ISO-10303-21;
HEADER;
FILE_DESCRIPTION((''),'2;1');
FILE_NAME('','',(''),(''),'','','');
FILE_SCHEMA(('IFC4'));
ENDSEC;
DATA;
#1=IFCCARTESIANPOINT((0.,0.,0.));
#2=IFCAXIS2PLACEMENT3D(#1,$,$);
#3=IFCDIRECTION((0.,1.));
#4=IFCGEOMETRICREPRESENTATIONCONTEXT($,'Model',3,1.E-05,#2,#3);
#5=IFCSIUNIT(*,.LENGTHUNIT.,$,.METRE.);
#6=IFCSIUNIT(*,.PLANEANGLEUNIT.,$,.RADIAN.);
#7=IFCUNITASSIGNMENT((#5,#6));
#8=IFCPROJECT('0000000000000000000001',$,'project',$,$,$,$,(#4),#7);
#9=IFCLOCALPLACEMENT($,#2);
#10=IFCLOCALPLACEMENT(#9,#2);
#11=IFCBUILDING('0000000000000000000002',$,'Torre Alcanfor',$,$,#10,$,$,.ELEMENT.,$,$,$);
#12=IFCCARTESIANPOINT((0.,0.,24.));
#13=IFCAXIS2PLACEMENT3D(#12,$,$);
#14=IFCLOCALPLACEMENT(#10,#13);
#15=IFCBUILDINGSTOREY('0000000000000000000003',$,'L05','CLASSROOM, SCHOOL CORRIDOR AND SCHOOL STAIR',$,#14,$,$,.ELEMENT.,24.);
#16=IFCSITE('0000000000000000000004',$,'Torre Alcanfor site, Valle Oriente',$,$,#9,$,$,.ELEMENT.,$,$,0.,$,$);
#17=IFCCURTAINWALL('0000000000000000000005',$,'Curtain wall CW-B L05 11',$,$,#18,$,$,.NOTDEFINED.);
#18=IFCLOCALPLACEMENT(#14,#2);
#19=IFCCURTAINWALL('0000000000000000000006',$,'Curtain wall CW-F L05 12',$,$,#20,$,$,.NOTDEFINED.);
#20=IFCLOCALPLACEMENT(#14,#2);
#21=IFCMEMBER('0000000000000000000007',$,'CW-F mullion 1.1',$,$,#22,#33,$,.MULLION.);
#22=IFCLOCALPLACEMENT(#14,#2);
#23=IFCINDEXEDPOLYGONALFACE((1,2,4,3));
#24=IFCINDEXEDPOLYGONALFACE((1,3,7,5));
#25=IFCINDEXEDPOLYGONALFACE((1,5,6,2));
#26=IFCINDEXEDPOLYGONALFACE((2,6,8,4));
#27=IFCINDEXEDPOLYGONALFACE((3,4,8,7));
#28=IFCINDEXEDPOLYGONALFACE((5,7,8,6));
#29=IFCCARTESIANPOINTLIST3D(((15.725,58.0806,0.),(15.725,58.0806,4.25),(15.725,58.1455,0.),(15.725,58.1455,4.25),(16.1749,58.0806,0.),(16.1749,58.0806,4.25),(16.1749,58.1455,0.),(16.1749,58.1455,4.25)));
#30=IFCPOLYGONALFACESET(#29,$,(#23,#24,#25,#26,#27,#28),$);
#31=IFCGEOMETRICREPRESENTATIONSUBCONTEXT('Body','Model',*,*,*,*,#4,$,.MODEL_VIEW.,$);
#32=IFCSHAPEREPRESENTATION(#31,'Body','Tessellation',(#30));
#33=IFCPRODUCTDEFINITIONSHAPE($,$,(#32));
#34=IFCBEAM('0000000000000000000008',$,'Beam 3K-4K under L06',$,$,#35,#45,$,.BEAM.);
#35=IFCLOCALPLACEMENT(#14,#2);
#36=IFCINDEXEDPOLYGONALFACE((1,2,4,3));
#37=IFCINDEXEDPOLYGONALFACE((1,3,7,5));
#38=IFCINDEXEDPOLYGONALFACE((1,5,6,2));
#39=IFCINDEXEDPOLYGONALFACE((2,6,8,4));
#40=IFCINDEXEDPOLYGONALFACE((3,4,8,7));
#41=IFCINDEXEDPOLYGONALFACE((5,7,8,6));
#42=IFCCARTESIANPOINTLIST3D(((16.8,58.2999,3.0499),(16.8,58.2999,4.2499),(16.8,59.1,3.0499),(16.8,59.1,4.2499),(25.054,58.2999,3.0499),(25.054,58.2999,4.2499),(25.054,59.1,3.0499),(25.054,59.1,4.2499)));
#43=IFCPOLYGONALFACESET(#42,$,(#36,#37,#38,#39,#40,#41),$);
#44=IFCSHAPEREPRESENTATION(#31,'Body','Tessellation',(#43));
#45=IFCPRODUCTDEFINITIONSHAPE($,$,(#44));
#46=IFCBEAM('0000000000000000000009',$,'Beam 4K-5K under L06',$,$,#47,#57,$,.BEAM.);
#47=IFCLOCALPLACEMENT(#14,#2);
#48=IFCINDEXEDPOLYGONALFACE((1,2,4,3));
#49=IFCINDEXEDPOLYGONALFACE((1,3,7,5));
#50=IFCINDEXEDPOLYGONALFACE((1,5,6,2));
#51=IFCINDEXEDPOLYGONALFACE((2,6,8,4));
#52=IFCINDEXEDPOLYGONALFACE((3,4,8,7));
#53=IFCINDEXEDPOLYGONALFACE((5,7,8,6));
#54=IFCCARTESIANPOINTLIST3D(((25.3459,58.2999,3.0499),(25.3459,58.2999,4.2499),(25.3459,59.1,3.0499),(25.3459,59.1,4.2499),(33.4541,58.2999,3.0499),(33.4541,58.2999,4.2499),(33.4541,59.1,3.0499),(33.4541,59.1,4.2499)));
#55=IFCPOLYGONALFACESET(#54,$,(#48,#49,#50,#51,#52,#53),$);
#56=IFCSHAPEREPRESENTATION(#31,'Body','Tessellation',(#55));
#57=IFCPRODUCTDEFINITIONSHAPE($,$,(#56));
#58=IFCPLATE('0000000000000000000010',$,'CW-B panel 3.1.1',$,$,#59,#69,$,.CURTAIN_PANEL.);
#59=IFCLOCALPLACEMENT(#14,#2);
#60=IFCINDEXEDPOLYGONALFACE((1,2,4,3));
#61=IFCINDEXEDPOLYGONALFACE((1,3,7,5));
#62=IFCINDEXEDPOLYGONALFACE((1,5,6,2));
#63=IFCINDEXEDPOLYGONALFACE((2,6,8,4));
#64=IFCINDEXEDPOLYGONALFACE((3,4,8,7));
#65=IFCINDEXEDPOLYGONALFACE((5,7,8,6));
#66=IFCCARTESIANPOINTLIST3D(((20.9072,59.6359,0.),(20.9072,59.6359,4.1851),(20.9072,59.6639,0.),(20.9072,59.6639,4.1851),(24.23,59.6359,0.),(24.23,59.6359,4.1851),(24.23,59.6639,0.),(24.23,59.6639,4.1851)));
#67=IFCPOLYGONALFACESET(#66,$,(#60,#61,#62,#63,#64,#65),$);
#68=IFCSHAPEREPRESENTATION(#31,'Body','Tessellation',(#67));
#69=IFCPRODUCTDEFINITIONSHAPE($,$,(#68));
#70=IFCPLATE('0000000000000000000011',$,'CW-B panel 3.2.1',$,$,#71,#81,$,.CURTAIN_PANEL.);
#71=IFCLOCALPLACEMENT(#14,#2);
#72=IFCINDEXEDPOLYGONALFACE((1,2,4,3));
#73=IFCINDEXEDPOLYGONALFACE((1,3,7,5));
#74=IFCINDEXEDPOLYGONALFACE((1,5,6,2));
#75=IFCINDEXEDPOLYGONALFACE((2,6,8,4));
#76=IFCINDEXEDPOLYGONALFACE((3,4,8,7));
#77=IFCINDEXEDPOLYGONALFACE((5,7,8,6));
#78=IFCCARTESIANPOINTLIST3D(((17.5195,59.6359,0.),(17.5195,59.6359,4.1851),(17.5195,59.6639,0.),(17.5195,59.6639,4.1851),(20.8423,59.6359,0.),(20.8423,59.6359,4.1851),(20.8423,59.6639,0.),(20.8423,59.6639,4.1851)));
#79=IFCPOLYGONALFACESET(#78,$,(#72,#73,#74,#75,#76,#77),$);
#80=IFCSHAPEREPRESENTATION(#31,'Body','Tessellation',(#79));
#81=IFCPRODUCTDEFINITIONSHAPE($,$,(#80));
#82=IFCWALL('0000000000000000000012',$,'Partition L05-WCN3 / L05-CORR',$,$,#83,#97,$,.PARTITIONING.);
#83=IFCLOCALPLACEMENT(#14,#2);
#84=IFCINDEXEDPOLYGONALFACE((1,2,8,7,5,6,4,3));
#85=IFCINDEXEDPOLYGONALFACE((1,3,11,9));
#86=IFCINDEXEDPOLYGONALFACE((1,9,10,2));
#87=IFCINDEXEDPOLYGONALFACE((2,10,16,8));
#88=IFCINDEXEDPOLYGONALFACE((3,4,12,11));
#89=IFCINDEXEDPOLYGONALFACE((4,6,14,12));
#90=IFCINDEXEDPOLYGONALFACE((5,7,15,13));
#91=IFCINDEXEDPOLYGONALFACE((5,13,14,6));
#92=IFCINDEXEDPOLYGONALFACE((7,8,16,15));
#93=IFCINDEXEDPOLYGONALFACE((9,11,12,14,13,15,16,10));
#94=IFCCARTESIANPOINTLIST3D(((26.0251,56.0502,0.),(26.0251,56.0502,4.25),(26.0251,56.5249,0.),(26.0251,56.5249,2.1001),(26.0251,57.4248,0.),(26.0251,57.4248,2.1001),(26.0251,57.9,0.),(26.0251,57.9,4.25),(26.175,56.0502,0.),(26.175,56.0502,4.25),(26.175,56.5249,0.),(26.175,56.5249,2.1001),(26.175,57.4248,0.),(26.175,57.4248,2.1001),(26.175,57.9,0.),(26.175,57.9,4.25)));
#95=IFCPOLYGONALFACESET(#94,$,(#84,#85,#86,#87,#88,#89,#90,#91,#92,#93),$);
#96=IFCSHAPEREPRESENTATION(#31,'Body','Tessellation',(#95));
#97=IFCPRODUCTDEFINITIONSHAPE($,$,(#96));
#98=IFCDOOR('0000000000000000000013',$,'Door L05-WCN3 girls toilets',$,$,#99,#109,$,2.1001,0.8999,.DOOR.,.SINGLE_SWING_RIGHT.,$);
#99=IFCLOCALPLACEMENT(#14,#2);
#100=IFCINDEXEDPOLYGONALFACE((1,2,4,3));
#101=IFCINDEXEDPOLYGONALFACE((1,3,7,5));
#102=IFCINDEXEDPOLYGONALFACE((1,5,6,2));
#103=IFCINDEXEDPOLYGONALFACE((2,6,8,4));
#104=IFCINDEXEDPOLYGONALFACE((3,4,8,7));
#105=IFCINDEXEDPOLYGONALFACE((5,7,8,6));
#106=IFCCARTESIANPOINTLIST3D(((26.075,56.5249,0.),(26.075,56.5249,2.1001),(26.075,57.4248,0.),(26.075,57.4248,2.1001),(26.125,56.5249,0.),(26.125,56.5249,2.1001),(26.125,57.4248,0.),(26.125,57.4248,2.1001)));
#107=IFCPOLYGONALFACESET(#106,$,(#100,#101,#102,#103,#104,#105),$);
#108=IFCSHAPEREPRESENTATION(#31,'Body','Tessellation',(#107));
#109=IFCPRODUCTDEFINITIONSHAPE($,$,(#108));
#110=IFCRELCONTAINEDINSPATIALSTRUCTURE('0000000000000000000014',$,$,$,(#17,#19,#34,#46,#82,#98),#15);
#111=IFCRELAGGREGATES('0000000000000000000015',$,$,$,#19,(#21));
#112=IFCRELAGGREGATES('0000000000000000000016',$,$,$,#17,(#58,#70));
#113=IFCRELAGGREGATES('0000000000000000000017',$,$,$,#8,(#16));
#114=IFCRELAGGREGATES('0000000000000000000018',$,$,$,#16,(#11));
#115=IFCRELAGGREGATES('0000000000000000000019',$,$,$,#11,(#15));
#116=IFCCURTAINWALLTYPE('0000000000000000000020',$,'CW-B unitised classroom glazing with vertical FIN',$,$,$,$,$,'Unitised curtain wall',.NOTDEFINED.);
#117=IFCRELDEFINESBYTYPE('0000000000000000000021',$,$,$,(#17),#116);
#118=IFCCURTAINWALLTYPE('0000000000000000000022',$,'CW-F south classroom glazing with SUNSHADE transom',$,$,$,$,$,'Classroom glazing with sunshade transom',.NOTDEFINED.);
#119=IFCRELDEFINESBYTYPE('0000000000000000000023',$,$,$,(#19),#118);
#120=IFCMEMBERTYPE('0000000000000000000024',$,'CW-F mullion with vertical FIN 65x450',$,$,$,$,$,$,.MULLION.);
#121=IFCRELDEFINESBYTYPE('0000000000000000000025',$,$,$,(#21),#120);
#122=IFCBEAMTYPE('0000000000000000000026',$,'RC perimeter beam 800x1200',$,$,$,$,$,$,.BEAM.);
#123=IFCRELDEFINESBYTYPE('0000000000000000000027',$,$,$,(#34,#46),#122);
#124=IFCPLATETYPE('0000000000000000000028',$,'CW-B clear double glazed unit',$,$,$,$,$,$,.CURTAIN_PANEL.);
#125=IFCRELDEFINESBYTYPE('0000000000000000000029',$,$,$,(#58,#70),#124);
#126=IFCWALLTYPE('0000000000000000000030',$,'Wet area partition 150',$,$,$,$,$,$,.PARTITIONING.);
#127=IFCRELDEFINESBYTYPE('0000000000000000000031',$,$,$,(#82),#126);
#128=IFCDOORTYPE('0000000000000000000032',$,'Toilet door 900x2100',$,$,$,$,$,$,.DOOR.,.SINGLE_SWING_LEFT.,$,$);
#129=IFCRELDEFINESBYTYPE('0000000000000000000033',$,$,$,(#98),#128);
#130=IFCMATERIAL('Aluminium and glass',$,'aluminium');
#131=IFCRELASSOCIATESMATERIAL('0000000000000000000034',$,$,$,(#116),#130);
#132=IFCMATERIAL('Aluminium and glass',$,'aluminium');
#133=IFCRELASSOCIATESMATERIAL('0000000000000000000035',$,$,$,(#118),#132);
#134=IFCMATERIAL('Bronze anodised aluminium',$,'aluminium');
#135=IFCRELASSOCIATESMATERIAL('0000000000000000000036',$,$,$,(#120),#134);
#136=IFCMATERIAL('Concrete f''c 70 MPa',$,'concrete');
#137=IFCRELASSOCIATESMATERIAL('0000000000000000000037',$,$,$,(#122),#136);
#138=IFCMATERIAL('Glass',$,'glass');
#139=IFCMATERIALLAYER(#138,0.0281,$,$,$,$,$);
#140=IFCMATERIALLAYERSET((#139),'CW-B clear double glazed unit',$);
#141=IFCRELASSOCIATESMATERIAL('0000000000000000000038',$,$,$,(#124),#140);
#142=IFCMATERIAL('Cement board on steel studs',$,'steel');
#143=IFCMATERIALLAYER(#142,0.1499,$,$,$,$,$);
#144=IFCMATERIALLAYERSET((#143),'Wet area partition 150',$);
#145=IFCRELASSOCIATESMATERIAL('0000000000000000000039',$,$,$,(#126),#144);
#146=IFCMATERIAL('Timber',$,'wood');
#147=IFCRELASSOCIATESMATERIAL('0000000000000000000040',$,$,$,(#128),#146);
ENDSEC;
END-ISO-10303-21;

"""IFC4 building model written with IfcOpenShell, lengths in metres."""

from ifc_helpers import new_model, si_unit, direction, frame, frame_2d, origin, origin_2d, place, context, subcontext, project, spatial, rectangle, extrude, material, layer, layer_set, material_profile, profile_set, type_object, element, fill, aggregate, save


model = new_model("IFC4")

# Units and contexts
model_context = context("Model", 3, precision=1e-05, world=origin(), true_north=direction((0.0, 1.0)))
body_context = subcontext(model_context, "Body", "Model", "MODEL_VIEW")
ifc_project = project(units=[si_unit("LENGTHUNIT", "METRE"), si_unit("PLANEANGLEUNIT", "RADIAN")], contexts=[model_context])

# Site, building, storey
site_placement = place(None, origin())
site = spatial("IfcSite", under=ifc_project, at=site_placement, Name="Torre Alcanfor site, Valle Oriente", CompositionType="ELEMENT", RefElevation=0.0)
building_placement = place(site_placement, origin())
building = spatial("IfcBuilding", under=site, at=building_placement, Name="Torre Alcanfor", CompositionType="ELEMENT")
storey_placement = place(building_placement, frame((0.0, 0.0, 24.0)))
storey = spatial("IfcBuildingStorey", under=building, at=storey_placement, Name="L05", Description="CLASSROOM, SCHOOL CORRIDOR AND SCHOOL STAIR", CompositionType="ELEMENT", Elevation=24.0)

# Curtain walls, member
ifc_material_1 = material(Name="Aluminium and glass", Category="aluminium")
curtain_wall_type_1 = type_object("IfcCurtainWallType", Name="CW-B unitised classroom glazing with vertical FIN", ElementType="Unitised curtain wall", PredefinedType="NOTDEFINED", material=ifc_material_1)
curtain_wall_1_placement = place(storey_placement, origin())
curtain_wall_1 = element("IfcCurtainWall", 1, at=curtain_wall_1_placement, inside=storey, type_object=curtain_wall_type_1, Name="Curtain wall CW-B L05 11", PredefinedType="NOTDEFINED")
ifc_material_2 = material(Name="Aluminium and glass", Category="aluminium")
curtain_wall_type_2 = type_object("IfcCurtainWallType", Name="CW-F south classroom glazing with SUNSHADE transom", ElementType="Classroom glazing with sunshade transom", PredefinedType="NOTDEFINED", material=ifc_material_2)
curtain_wall_2_placement = place(storey_placement, origin())
curtain_wall_2 = element("IfcCurtainWall", 2, at=curtain_wall_2_placement, inside=storey, type_object=curtain_wall_type_2, Name="Curtain wall CW-F L05 12", PredefinedType="NOTDEFINED")
ifc_material_3 = material(Name="Bronze anodised aluminium", Category="aluminium")
ifc_material_profile_1 = material_profile(ifc_material_3, rectangle(XDim=0.45, YDim=0.0649, at=origin_2d()), Name="CW-F mullion 65x450")
ifc_profile_set_1 = profile_set([ifc_material_profile_1], Name="Bronze anodised aluminium")
member_type_1 = type_object("IfcMemberType", Name="CW-F mullion with vertical FIN 65x450", PredefinedType="MULLION", material=ifc_profile_set_1)
member_1_placement = place(storey_placement, frame((15.95, 58.113, 0.0), z_axis=(0.0, 0.0, 1.0), x_axis=(1.0, 0.0, 0.0)))
member_1 = element("IfcMember", 3, at=member_1_placement, type_object=member_type_1, Name="CW-F mullion 1.1", PredefinedType="MULLION", context=body_context, shape_type="SweptSolid", body=[
    extrude(rectangle(XDim=0.45, YDim=0.0649, at=origin_2d()), origin(), (0.0, 0.0, 1.0), 4.25),
])
aggregate(curtain_wall_2, [member_1])

# Beams
ifc_material_4 = material(Name="Concrete f'c 70 MPa", Category="concrete")
ifc_material_profile_2 = material_profile(ifc_material_4, rectangle(XDim=0.8, YDim=1.2, at=origin_2d()), Name="800x1200")
ifc_profile_set_2 = profile_set([ifc_material_profile_2], Name="Concrete f'c 70 MPa")
beam_type = type_object("IfcBeamType", Name="RC perimeter beam 800x1200", PredefinedType="BEAM", material=ifc_profile_set_2)
beam_1_placement = place(storey_placement, frame((16.8, 58.7, 3.6499), z_axis=(1.0, 0.0, 0.0), x_axis=(0.0, 1.0, 0.0)))
element("IfcBeam", 4, at=beam_1_placement, inside=storey, type_object=beam_type, Name="Beam 3K-4K under L06", PredefinedType="BEAM", context=body_context, shape_type="SweptSolid", body=[
    extrude(rectangle(XDim=0.8, YDim=1.2, at=origin_2d()), origin(), (0.0, 0.0, 1.0), 8.2539),
])
beam_2_placement = place(storey_placement, frame((25.3459, 58.7, 3.6499), z_axis=(1.0, 0.0, 0.0), x_axis=(0.0, 1.0, 0.0)))
element("IfcBeam", 5, at=beam_2_placement, inside=storey, type_object=beam_type, Name="Beam 4K-5K under L06", PredefinedType="BEAM", context=body_context, shape_type="SweptSolid", body=[
    extrude(rectangle(XDim=0.8, YDim=1.2, at=origin_2d()), origin(), (0.0, 0.0, 1.0), 8.1082),
])

# Plates
ifc_material_5 = material(Name="Glass", Category="glass")
ifc_layer_1 = layer(ifc_material_5, 0.0281)
ifc_layer_set_1 = layer_set([ifc_layer_1], Name="CW-B clear double glazed unit")
plate_type = type_object("IfcPlateType", Name="CW-B clear double glazed unit", PredefinedType="CURTAIN_PANEL", material=ifc_layer_set_1)
plate_1_placement = place(storey_placement, frame((22.5686, 59.6499, 0.0), z_axis=(0.0, 0.0, 1.0), x_axis=(-1.0, 0.0, 0.0)))
plate_1 = element("IfcPlate", 6, at=plate_1_placement, type_object=plate_type, Name="CW-B panel 3.1.1", PredefinedType="CURTAIN_PANEL", context=body_context, shape_type="SweptSolid", body=[
    extrude(rectangle(XDim=3.3228, YDim=0.0281, at=origin_2d()), origin(), (0.0, 0.0, 1.0), 4.1851),
])
plate_2_placement = place(storey_placement, frame((19.1809, 59.6499, 0.0), z_axis=(0.0, 0.0, 1.0), x_axis=(-1.0, 0.0, 0.0)))
plate_2 = element("IfcPlate", 7, at=plate_2_placement, type_object=plate_type, Name="CW-B panel 3.2.1", PredefinedType="CURTAIN_PANEL", context=body_context, shape_type="SweptSolid", body=[
    extrude(rectangle(XDim=3.3228, YDim=0.0281, at=origin_2d()), origin(), (0.0, 0.0, 1.0), 4.1851),
])
aggregate(curtain_wall_1, [plate_1, plate_2])

# Wall, opening, door
ifc_material_6 = material(Name="Cement board on steel studs", Category="steel")
ifc_layer_2 = layer(ifc_material_6, 0.1499)
ifc_layer_set_2 = layer_set([ifc_layer_2], Name="Wet area partition 150")
wall_type_1 = type_object("IfcWallType", Name="Wet area partition 150", PredefinedType="PARTITIONING", material=ifc_layer_set_2)
wall_1_placement = place(storey_placement, frame((26.1001, 57.8999, 0.0), z_axis=(0.0, 0.0, 1.0), x_axis=(0.0, -1.0, 0.0)))
wall_1 = element("IfcWall", 8, at=wall_1_placement, inside=storey, type_object=wall_type_1, Name="Partition L05-WCN3 / L05-CORR", PredefinedType="PARTITIONING", context=body_context, shape_type="SweptSolid", body=[
    extrude(rectangle(XDim=1.8499, YDim=0.1499, at=frame_2d((0.9248, 0.0))), origin(), (0.0, 0.0, 1.0), 4.25),
])
opening_placement = place(wall_1_placement, frame((0.4751, 0.0, 0.0)))
opening = element("IfcOpeningElement", 9, at=opening_placement, cuts=wall_1, PredefinedType="OPENING", context=body_context, shape_type="SweptSolid", body=[
    extrude(rectangle(XDim=0.8999, YDim=2.1001, at=frame_2d((0.45, 1.05))), frame((0.0, 0.085, 0.0), z_axis=(0.0, -1.0, 0.0), x_axis=(1.0, 0.0, 0.0)), (0.0, 0.0, 1.0), 0.1699),
])
ifc_material_7 = material(Name="Timber", Category="wood")
door_type = type_object("IfcDoorType", Name="Toilet door 900x2100", OperationType="SINGLE_SWING_LEFT", PredefinedType="DOOR", material=ifc_material_7)
door_placement = place(opening_placement, frame((0.8999, 0.0, 0.0), z_axis=(0.0, 0.0, 1.0), x_axis=(-1.0, 0.0, 0.0)))
door = element("IfcDoor", 10, at=door_placement, inside=storey, type_object=door_type, Name="Door L05-WCN3 girls toilets", OperationType="SINGLE_SWING_RIGHT", OverallHeight=2.1001, OverallWidth=0.8999, PredefinedType="DOOR", context=body_context, shape_type="SweptSolid", body=[
    extrude(rectangle(XDim=0.8999, YDim=2.1001, at=frame_2d((0.45, 1.05))), frame((0.0, 0.0251, 0.0), z_axis=(0.0, -1.0, 0.0), x_axis=(1.0, 0.0, 0.0)), (0.0, 0.0, 1.0), 0.05),
])
fill(opening, door)

save(model, "model.ifc")
